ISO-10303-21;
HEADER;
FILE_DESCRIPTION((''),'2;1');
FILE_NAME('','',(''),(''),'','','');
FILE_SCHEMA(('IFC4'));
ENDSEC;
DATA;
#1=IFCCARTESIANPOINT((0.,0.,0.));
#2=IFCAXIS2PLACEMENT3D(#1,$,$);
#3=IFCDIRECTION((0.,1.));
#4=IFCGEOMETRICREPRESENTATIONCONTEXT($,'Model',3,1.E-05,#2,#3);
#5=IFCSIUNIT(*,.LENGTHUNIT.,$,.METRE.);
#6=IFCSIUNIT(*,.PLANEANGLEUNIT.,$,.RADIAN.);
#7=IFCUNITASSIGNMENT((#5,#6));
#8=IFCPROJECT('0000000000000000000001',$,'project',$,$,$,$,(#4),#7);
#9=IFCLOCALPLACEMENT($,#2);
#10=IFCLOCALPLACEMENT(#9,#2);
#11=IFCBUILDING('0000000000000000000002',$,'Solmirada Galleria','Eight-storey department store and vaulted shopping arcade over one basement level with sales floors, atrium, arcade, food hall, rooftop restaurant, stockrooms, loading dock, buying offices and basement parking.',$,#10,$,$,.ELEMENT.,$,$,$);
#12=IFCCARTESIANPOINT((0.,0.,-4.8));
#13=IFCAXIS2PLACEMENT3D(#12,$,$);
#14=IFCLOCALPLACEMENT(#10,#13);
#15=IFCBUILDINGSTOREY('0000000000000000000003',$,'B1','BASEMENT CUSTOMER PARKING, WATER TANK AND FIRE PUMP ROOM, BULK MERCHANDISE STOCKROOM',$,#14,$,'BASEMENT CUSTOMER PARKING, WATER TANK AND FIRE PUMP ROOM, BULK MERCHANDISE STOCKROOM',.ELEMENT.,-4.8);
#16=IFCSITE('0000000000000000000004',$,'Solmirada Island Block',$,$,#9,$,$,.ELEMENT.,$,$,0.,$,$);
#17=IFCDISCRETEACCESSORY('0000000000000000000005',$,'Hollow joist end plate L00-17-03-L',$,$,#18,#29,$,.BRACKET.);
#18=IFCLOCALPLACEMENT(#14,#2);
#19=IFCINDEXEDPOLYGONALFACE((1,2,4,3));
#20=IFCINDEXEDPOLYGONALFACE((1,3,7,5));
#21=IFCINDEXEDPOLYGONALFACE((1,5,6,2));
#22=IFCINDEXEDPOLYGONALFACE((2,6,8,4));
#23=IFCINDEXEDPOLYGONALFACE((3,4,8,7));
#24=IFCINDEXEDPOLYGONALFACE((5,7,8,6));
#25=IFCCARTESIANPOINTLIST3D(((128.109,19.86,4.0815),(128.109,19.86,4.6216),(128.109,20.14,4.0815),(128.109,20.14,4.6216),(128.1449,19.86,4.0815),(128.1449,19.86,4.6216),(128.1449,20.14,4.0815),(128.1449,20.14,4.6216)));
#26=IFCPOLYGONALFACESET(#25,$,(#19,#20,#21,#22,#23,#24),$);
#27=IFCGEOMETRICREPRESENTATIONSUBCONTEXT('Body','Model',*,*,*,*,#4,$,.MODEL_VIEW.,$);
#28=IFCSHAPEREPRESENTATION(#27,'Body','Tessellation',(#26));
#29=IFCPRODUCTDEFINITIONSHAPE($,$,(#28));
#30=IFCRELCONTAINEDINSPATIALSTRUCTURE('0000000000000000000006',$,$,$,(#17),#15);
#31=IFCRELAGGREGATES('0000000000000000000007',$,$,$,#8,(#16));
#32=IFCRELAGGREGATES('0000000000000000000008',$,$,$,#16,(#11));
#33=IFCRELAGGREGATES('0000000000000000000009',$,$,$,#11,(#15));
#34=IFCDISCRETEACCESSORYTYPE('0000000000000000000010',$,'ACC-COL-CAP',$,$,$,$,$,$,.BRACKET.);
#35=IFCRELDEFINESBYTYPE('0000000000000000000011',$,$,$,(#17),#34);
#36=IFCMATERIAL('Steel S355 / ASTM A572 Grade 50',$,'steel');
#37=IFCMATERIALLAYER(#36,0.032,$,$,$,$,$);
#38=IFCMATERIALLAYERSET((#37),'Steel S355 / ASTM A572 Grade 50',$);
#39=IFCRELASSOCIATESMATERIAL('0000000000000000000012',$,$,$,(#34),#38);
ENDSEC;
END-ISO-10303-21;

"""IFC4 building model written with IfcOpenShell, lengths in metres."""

from ifc_helpers import new_model, si_unit, direction, frame, origin, origin_2d, place, context, subcontext, project, spatial, rectangle, extrude, material, layer, layer_set, type_object, element, save


model = new_model("IFC4")

# Units and contexts
model_context = context("Model", 3, precision=1e-05, world=origin(), true_north=direction((0.0, 1.0)))
body_context = subcontext(model_context, "Body", "Model", "MODEL_VIEW")
ifc_project = project(units=[si_unit("LENGTHUNIT", "METRE"), si_unit("PLANEANGLEUNIT", "RADIAN")], contexts=[model_context])

# Site, building, storey
site_placement = place(None, origin())
site = spatial("IfcSite", under=ifc_project, at=site_placement, Name="Solmirada Island Block", CompositionType="ELEMENT", RefElevation=0.0)
building_placement = place(site_placement, origin())
building = spatial("IfcBuilding", under=site, at=building_placement, Name="Solmirada Galleria", Description="Eight-storey department store and vaulted shopping arcade over one basement level with sales floors, atrium, arcade, food hall, rooftop restaurant, stockrooms, loading dock, buying offices and basement parking.", CompositionType="ELEMENT")
storey_placement = place(building_placement, frame((0.0, 0.0, -4.8)))
storey = spatial("IfcBuildingStorey", under=building, at=storey_placement, Name="B1", Description="BASEMENT CUSTOMER PARKING, WATER TANK AND FIRE PUMP ROOM, BULK MERCHANDISE STOCKROOM", LongName="BASEMENT CUSTOMER PARKING, WATER TANK AND FIRE PUMP ROOM, BULK MERCHANDISE STOCKROOM", CompositionType="ELEMENT", Elevation=-4.8)

# Discrete accessory
ifc_material_1 = material(Name="Steel S355 / ASTM A572 Grade 50", Category="steel")
ifc_layer = layer(ifc_material_1, 0.032)
ifc_layer_set = layer_set([ifc_layer], Name="Steel S355 / ASTM A572 Grade 50")
discrete_accessory_type = type_object("IfcDiscreteAccessoryType", Name="ACC-COL-CAP", PredefinedType="BRACKET", material=ifc_layer_set)
for number, where, z_axis, x_axis, name in (
    (1, (128.127, 20.0, 4.0815), (0.0, 0.0, 1.0), (1.0, 0.0, 0.0), "Hollow joist end plate L00-17-03-L"),
):
    element("IfcDiscreteAccessory", number, at=place(storey_placement, frame(where, z_axis=z_axis, x_axis=x_axis)), inside=storey, type_object=discrete_accessory_type, Name=name, PredefinedType="BRACKET", context=body_context, shape_type="SweptSolid", body=[
        extrude(rectangle(XDim=0.0359, YDim=0.28, at=origin_2d()), origin(), (0.0, 0.0, 1.0), 0.54),
    ])

save(model, "model.ifc")
